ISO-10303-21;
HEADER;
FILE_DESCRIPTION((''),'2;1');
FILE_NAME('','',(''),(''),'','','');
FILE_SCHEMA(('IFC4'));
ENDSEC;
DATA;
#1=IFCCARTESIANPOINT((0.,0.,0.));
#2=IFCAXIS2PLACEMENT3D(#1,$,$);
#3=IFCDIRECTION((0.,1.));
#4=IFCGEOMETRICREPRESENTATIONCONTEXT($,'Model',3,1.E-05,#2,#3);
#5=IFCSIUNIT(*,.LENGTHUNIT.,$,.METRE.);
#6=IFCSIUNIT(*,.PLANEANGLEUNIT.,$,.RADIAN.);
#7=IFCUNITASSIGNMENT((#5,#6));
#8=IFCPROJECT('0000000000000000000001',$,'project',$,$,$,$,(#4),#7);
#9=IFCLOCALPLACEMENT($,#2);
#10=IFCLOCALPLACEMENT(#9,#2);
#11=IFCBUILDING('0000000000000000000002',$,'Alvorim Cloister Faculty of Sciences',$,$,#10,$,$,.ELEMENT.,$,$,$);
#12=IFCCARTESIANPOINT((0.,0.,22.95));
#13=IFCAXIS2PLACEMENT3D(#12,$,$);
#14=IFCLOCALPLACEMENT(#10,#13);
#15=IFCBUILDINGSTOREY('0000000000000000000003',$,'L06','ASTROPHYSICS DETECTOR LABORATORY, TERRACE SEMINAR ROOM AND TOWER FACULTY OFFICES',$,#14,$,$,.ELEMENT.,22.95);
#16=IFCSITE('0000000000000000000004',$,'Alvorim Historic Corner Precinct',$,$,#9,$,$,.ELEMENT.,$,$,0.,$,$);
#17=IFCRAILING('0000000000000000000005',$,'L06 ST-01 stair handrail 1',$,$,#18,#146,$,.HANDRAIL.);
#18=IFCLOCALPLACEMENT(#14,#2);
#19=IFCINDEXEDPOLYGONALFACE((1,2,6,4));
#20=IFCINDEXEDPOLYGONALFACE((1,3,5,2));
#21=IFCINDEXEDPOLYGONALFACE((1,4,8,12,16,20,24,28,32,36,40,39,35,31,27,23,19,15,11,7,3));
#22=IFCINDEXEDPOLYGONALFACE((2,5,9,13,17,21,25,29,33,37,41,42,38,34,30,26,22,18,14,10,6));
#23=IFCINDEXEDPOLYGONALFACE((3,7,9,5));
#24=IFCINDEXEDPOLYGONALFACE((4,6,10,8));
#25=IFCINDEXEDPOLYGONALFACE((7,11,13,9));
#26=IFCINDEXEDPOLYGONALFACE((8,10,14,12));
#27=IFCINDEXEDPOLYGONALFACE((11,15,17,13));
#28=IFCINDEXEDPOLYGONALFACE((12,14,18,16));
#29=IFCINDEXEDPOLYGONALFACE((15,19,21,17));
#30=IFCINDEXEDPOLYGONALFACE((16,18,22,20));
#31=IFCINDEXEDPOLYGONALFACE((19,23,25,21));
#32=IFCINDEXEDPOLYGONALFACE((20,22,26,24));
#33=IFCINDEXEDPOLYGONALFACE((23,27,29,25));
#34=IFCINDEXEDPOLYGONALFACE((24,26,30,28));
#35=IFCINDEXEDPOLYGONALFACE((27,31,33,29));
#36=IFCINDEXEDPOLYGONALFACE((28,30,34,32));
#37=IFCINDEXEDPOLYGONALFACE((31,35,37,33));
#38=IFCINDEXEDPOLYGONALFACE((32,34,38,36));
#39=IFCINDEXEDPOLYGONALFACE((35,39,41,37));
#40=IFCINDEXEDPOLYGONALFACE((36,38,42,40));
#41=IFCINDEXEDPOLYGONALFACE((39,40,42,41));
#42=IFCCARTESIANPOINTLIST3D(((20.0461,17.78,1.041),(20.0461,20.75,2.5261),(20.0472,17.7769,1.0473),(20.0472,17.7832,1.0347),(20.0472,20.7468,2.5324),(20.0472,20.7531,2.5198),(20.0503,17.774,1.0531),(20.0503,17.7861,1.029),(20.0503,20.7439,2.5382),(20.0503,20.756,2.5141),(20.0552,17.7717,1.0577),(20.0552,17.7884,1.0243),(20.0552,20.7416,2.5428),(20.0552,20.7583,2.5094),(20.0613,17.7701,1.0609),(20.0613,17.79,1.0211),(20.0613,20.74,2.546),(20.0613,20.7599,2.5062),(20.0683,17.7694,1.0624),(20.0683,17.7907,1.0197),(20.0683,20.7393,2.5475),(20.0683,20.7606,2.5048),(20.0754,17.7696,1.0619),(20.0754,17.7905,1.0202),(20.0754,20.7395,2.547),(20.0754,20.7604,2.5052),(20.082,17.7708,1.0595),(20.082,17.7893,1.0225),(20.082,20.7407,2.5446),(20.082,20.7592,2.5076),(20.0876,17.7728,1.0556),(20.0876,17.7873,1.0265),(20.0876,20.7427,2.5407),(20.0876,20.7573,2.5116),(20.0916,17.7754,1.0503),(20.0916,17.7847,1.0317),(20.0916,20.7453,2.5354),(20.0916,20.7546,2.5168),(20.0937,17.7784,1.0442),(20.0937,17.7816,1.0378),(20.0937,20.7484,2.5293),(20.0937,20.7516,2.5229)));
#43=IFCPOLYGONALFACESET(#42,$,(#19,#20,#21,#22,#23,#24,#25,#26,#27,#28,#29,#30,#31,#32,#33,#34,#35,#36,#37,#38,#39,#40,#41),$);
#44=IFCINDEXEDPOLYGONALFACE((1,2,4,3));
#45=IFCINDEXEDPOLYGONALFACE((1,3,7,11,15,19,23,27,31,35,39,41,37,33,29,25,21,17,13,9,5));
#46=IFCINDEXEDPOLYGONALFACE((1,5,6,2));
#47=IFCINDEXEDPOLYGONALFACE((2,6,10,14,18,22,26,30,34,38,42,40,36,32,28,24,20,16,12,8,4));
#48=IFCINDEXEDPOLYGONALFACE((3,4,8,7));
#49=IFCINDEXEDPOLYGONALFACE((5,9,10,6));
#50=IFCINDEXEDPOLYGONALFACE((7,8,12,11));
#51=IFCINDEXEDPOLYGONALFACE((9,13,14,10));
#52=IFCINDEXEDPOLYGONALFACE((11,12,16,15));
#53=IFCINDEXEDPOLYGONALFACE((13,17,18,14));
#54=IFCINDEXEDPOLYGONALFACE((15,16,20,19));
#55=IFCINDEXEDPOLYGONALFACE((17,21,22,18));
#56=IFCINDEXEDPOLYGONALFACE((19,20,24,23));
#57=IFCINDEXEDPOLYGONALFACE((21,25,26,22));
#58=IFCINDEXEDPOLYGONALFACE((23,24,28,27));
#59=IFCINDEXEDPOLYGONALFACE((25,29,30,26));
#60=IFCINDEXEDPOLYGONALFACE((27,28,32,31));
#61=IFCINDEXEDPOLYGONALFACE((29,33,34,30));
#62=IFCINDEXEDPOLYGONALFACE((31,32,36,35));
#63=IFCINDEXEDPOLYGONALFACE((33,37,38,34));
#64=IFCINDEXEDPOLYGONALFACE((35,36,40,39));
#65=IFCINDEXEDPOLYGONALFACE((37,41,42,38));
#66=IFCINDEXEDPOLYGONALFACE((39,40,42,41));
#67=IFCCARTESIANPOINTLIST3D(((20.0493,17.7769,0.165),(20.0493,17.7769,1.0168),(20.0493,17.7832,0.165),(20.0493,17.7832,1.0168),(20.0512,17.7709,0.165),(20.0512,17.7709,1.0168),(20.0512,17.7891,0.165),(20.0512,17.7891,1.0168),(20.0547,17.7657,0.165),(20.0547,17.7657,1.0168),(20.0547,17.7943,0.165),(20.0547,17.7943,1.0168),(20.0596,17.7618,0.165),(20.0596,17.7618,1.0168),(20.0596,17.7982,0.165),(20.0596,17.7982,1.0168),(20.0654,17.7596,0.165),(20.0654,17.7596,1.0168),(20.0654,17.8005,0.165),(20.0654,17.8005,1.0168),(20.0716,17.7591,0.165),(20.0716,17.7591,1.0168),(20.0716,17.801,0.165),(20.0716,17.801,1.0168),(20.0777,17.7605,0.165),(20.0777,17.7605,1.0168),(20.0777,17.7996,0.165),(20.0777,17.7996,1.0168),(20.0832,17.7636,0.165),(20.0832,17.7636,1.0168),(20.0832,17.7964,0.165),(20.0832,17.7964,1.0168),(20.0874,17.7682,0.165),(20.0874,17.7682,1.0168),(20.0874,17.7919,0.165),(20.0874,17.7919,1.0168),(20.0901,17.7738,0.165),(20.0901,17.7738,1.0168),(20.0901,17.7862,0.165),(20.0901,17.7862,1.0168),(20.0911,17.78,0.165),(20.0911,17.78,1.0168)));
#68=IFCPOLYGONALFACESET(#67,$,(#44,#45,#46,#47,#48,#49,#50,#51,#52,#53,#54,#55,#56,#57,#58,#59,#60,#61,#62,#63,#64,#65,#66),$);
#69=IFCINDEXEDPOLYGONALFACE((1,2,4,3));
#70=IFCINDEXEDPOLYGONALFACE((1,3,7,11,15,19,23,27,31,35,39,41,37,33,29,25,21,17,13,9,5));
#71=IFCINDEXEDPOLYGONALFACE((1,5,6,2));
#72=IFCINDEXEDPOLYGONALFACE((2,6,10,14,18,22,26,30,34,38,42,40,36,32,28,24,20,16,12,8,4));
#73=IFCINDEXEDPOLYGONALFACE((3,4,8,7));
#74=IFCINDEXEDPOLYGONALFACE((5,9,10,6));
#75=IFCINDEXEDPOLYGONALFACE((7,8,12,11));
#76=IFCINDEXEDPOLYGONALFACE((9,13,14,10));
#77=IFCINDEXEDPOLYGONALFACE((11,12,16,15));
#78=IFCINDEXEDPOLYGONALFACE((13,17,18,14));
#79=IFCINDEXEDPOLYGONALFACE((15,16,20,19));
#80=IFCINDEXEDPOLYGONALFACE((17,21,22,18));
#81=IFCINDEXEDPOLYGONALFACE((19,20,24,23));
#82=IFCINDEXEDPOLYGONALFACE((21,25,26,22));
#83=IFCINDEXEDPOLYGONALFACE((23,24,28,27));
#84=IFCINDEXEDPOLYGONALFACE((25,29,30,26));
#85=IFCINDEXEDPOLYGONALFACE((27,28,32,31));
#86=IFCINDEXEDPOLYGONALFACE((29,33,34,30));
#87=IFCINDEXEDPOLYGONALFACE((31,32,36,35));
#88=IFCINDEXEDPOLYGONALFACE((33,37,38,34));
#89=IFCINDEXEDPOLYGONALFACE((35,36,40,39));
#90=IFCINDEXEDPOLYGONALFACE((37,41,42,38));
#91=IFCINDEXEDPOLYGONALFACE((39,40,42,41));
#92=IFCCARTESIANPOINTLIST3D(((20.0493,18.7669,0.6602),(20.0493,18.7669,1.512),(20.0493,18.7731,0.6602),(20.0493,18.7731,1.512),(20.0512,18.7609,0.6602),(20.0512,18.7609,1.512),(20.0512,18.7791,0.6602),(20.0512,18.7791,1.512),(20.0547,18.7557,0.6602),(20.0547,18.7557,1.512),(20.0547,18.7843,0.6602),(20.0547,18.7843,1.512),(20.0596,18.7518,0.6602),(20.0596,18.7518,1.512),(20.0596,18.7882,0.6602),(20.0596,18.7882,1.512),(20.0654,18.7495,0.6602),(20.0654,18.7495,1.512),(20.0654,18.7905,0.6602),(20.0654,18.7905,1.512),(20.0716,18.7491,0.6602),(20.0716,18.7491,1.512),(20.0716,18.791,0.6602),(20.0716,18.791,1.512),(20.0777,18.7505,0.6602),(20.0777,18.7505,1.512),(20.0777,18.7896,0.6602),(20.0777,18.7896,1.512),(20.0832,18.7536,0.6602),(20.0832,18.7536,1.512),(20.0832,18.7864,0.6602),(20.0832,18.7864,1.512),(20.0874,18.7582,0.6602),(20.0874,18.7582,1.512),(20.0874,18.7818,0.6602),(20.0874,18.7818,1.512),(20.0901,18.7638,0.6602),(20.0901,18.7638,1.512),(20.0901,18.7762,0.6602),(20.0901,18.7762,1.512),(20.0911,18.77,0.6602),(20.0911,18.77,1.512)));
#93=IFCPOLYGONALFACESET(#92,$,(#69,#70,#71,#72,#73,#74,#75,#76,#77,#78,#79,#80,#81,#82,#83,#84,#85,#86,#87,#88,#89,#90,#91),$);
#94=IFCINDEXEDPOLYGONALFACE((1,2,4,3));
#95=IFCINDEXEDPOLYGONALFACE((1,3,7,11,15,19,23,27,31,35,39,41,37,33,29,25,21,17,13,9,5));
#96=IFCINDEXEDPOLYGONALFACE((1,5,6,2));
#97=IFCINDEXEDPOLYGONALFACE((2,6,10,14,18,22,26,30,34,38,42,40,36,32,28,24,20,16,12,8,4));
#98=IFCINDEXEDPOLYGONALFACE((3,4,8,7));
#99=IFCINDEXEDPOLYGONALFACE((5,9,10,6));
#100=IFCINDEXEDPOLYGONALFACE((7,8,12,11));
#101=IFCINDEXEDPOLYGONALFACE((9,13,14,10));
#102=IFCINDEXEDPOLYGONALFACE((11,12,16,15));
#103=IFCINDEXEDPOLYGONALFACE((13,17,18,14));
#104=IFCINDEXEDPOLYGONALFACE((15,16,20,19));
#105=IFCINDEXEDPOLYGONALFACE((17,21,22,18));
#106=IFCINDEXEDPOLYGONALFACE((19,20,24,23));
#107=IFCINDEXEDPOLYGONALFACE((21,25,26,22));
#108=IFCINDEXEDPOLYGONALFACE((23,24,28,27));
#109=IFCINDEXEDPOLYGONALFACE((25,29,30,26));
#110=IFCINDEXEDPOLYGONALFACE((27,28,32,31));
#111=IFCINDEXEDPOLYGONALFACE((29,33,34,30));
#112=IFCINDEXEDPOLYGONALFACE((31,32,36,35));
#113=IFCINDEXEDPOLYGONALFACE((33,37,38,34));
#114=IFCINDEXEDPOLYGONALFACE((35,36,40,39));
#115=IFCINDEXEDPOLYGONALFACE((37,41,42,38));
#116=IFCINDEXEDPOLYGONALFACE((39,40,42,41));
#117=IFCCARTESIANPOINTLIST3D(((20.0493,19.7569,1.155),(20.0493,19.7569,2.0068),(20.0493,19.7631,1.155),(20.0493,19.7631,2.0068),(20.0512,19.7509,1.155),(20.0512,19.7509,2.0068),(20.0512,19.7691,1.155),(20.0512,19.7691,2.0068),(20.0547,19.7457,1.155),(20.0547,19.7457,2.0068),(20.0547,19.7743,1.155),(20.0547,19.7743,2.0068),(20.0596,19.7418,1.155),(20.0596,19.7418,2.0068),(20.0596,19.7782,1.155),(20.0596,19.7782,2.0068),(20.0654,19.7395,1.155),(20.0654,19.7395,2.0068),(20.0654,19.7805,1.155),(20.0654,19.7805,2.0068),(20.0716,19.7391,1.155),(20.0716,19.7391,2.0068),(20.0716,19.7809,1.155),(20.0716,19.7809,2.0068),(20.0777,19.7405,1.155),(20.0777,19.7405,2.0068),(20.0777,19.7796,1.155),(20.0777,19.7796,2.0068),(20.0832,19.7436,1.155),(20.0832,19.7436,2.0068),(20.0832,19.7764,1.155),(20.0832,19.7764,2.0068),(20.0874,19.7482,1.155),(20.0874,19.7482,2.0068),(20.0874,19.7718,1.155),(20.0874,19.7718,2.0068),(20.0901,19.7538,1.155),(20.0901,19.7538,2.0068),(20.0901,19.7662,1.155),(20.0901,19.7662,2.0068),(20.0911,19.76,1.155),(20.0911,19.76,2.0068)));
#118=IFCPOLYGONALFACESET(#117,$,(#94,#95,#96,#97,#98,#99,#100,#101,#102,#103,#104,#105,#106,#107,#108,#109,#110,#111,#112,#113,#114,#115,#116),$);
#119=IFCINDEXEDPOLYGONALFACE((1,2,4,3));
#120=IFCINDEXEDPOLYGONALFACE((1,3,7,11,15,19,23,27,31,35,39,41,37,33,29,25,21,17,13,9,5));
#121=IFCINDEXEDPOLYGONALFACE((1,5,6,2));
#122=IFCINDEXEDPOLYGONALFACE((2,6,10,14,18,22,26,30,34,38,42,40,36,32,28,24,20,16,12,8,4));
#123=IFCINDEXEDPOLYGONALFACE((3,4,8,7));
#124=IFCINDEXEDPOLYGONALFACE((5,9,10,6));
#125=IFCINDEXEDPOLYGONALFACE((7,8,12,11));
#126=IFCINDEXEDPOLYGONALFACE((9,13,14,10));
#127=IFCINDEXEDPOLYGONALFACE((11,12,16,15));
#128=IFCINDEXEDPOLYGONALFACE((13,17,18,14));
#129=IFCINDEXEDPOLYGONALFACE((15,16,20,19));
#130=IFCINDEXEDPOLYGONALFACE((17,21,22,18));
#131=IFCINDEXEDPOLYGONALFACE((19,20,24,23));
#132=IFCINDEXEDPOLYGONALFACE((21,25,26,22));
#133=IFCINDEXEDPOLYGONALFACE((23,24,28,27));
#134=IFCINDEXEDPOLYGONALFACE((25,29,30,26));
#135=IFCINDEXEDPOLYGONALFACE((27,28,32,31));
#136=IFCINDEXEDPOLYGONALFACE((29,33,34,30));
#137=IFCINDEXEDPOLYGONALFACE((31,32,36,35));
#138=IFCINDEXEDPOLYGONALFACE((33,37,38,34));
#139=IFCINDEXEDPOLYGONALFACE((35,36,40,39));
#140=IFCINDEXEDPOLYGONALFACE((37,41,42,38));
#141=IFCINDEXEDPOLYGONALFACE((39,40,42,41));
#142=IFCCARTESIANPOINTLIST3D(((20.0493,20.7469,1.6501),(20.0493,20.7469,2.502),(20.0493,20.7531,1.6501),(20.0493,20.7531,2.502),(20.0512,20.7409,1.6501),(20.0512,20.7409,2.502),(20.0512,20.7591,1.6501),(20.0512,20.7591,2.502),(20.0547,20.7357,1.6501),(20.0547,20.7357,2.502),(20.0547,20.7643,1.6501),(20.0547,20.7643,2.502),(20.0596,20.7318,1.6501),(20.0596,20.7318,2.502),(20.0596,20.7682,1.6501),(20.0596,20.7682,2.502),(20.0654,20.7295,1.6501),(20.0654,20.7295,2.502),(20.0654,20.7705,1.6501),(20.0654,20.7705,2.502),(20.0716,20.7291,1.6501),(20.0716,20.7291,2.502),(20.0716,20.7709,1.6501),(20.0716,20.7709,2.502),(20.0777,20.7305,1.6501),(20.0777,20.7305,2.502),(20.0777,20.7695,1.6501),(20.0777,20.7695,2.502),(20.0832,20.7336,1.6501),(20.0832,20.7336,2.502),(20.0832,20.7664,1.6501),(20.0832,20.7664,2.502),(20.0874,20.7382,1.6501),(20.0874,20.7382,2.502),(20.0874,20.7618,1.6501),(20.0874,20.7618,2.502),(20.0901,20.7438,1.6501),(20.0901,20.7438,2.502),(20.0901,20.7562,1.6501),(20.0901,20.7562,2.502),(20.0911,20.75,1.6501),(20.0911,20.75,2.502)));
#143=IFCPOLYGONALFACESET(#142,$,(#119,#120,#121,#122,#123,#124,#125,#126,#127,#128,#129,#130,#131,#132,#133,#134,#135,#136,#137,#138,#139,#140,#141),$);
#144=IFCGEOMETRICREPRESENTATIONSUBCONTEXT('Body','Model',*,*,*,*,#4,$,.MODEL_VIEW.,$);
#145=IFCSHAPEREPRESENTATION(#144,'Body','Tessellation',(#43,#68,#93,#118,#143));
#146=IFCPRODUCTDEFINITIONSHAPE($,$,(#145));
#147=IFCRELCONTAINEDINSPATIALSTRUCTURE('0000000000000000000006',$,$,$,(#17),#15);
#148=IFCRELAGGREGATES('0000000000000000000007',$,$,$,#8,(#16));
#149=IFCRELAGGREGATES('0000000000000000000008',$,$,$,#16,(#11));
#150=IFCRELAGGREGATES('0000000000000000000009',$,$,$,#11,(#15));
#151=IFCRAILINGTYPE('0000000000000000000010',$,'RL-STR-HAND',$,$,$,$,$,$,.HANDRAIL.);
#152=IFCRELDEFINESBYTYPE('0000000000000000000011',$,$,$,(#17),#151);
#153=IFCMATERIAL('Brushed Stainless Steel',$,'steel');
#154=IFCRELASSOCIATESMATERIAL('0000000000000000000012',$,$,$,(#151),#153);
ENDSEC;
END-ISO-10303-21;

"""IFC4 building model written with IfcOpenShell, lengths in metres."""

from ifc_helpers import new_model, si_unit, direction, frame, origin, origin_2d, place, context, subcontext, project, spatial, circle, extrude, material, type_object, element, save


model = new_model("IFC4")

# Units and contexts
model_context = context("Model", 3, precision=1e-05, world=origin(), true_north=direction((0.0, 1.0)))
body_context = subcontext(model_context, "Body", "Model", "MODEL_VIEW")
ifc_project = project(units=[si_unit("LENGTHUNIT", "METRE"), si_unit("PLANEANGLEUNIT", "RADIAN")], contexts=[model_context])

# Site, building, storey
site_placement = place(None, origin())
site = spatial("IfcSite", under=ifc_project, at=site_placement, Name="Alvorim Historic Corner Precinct", CompositionType="ELEMENT", RefElevation=0.0)
building_placement = place(site_placement, origin())
building = spatial("IfcBuilding", under=site, at=building_placement, Name="Alvorim Cloister Faculty of Sciences", CompositionType="ELEMENT")
storey_placement = place(building_placement, frame((0.0, 0.0, 22.95)))
storey = spatial("IfcBuildingStorey", under=building, at=storey_placement, Name="L06", Description="ASTROPHYSICS DETECTOR LABORATORY, TERRACE SEMINAR ROOM AND TOWER FACULTY OFFICES", CompositionType="ELEMENT", Elevation=22.95)

# Shared definitions
ifc_material_1 = material(Name="Brushed Stainless Steel", Category="steel")

# Railing
railing_type_1 = type_object("IfcRailingType", Name="RL-STR-HAND", PredefinedType="HANDRAIL", material=ifc_material_1)
railing_1_placement = place(storey_placement, frame((20.0701, 17.78, 0.165)))
element("IfcRailing", 1, at=railing_1_placement, inside=storey, type_object=railing_type_1, Name="L06 ST-01 stair handrail 1", PredefinedType="HANDRAIL", context=body_context, shape_type="SweptSolid", body=[
    extrude(circle(Radius=0.0239, at=origin_2d()), frame((0.0, 0.0, 0.876), z_axis=(0.0, 0.894412, 0.447243), x_axis=(-1.0, 0.0, 0.0)), (0.0, 0.0, 1.0), 3.3206),
    extrude(circle(Radius=0.021, at=origin_2d()), origin(), (0.0, 0.0, 1.0), 0.8518),
    extrude(circle(Radius=0.021, at=origin_2d()), frame((0.0, 0.99, 0.4951)), (0.0, 0.0, 1.0), 0.8518),
    extrude(circle(Radius=0.021, at=origin_2d()), frame((0.0, 1.98, 0.99)), (0.0, 0.0, 1.0), 0.8518),
    extrude(circle(Radius=0.021, at=origin_2d()), frame((0.0, 2.97, 1.4851)), (0.0, 0.0, 1.0), 0.8518),
])

save(model, "model.ifc")
